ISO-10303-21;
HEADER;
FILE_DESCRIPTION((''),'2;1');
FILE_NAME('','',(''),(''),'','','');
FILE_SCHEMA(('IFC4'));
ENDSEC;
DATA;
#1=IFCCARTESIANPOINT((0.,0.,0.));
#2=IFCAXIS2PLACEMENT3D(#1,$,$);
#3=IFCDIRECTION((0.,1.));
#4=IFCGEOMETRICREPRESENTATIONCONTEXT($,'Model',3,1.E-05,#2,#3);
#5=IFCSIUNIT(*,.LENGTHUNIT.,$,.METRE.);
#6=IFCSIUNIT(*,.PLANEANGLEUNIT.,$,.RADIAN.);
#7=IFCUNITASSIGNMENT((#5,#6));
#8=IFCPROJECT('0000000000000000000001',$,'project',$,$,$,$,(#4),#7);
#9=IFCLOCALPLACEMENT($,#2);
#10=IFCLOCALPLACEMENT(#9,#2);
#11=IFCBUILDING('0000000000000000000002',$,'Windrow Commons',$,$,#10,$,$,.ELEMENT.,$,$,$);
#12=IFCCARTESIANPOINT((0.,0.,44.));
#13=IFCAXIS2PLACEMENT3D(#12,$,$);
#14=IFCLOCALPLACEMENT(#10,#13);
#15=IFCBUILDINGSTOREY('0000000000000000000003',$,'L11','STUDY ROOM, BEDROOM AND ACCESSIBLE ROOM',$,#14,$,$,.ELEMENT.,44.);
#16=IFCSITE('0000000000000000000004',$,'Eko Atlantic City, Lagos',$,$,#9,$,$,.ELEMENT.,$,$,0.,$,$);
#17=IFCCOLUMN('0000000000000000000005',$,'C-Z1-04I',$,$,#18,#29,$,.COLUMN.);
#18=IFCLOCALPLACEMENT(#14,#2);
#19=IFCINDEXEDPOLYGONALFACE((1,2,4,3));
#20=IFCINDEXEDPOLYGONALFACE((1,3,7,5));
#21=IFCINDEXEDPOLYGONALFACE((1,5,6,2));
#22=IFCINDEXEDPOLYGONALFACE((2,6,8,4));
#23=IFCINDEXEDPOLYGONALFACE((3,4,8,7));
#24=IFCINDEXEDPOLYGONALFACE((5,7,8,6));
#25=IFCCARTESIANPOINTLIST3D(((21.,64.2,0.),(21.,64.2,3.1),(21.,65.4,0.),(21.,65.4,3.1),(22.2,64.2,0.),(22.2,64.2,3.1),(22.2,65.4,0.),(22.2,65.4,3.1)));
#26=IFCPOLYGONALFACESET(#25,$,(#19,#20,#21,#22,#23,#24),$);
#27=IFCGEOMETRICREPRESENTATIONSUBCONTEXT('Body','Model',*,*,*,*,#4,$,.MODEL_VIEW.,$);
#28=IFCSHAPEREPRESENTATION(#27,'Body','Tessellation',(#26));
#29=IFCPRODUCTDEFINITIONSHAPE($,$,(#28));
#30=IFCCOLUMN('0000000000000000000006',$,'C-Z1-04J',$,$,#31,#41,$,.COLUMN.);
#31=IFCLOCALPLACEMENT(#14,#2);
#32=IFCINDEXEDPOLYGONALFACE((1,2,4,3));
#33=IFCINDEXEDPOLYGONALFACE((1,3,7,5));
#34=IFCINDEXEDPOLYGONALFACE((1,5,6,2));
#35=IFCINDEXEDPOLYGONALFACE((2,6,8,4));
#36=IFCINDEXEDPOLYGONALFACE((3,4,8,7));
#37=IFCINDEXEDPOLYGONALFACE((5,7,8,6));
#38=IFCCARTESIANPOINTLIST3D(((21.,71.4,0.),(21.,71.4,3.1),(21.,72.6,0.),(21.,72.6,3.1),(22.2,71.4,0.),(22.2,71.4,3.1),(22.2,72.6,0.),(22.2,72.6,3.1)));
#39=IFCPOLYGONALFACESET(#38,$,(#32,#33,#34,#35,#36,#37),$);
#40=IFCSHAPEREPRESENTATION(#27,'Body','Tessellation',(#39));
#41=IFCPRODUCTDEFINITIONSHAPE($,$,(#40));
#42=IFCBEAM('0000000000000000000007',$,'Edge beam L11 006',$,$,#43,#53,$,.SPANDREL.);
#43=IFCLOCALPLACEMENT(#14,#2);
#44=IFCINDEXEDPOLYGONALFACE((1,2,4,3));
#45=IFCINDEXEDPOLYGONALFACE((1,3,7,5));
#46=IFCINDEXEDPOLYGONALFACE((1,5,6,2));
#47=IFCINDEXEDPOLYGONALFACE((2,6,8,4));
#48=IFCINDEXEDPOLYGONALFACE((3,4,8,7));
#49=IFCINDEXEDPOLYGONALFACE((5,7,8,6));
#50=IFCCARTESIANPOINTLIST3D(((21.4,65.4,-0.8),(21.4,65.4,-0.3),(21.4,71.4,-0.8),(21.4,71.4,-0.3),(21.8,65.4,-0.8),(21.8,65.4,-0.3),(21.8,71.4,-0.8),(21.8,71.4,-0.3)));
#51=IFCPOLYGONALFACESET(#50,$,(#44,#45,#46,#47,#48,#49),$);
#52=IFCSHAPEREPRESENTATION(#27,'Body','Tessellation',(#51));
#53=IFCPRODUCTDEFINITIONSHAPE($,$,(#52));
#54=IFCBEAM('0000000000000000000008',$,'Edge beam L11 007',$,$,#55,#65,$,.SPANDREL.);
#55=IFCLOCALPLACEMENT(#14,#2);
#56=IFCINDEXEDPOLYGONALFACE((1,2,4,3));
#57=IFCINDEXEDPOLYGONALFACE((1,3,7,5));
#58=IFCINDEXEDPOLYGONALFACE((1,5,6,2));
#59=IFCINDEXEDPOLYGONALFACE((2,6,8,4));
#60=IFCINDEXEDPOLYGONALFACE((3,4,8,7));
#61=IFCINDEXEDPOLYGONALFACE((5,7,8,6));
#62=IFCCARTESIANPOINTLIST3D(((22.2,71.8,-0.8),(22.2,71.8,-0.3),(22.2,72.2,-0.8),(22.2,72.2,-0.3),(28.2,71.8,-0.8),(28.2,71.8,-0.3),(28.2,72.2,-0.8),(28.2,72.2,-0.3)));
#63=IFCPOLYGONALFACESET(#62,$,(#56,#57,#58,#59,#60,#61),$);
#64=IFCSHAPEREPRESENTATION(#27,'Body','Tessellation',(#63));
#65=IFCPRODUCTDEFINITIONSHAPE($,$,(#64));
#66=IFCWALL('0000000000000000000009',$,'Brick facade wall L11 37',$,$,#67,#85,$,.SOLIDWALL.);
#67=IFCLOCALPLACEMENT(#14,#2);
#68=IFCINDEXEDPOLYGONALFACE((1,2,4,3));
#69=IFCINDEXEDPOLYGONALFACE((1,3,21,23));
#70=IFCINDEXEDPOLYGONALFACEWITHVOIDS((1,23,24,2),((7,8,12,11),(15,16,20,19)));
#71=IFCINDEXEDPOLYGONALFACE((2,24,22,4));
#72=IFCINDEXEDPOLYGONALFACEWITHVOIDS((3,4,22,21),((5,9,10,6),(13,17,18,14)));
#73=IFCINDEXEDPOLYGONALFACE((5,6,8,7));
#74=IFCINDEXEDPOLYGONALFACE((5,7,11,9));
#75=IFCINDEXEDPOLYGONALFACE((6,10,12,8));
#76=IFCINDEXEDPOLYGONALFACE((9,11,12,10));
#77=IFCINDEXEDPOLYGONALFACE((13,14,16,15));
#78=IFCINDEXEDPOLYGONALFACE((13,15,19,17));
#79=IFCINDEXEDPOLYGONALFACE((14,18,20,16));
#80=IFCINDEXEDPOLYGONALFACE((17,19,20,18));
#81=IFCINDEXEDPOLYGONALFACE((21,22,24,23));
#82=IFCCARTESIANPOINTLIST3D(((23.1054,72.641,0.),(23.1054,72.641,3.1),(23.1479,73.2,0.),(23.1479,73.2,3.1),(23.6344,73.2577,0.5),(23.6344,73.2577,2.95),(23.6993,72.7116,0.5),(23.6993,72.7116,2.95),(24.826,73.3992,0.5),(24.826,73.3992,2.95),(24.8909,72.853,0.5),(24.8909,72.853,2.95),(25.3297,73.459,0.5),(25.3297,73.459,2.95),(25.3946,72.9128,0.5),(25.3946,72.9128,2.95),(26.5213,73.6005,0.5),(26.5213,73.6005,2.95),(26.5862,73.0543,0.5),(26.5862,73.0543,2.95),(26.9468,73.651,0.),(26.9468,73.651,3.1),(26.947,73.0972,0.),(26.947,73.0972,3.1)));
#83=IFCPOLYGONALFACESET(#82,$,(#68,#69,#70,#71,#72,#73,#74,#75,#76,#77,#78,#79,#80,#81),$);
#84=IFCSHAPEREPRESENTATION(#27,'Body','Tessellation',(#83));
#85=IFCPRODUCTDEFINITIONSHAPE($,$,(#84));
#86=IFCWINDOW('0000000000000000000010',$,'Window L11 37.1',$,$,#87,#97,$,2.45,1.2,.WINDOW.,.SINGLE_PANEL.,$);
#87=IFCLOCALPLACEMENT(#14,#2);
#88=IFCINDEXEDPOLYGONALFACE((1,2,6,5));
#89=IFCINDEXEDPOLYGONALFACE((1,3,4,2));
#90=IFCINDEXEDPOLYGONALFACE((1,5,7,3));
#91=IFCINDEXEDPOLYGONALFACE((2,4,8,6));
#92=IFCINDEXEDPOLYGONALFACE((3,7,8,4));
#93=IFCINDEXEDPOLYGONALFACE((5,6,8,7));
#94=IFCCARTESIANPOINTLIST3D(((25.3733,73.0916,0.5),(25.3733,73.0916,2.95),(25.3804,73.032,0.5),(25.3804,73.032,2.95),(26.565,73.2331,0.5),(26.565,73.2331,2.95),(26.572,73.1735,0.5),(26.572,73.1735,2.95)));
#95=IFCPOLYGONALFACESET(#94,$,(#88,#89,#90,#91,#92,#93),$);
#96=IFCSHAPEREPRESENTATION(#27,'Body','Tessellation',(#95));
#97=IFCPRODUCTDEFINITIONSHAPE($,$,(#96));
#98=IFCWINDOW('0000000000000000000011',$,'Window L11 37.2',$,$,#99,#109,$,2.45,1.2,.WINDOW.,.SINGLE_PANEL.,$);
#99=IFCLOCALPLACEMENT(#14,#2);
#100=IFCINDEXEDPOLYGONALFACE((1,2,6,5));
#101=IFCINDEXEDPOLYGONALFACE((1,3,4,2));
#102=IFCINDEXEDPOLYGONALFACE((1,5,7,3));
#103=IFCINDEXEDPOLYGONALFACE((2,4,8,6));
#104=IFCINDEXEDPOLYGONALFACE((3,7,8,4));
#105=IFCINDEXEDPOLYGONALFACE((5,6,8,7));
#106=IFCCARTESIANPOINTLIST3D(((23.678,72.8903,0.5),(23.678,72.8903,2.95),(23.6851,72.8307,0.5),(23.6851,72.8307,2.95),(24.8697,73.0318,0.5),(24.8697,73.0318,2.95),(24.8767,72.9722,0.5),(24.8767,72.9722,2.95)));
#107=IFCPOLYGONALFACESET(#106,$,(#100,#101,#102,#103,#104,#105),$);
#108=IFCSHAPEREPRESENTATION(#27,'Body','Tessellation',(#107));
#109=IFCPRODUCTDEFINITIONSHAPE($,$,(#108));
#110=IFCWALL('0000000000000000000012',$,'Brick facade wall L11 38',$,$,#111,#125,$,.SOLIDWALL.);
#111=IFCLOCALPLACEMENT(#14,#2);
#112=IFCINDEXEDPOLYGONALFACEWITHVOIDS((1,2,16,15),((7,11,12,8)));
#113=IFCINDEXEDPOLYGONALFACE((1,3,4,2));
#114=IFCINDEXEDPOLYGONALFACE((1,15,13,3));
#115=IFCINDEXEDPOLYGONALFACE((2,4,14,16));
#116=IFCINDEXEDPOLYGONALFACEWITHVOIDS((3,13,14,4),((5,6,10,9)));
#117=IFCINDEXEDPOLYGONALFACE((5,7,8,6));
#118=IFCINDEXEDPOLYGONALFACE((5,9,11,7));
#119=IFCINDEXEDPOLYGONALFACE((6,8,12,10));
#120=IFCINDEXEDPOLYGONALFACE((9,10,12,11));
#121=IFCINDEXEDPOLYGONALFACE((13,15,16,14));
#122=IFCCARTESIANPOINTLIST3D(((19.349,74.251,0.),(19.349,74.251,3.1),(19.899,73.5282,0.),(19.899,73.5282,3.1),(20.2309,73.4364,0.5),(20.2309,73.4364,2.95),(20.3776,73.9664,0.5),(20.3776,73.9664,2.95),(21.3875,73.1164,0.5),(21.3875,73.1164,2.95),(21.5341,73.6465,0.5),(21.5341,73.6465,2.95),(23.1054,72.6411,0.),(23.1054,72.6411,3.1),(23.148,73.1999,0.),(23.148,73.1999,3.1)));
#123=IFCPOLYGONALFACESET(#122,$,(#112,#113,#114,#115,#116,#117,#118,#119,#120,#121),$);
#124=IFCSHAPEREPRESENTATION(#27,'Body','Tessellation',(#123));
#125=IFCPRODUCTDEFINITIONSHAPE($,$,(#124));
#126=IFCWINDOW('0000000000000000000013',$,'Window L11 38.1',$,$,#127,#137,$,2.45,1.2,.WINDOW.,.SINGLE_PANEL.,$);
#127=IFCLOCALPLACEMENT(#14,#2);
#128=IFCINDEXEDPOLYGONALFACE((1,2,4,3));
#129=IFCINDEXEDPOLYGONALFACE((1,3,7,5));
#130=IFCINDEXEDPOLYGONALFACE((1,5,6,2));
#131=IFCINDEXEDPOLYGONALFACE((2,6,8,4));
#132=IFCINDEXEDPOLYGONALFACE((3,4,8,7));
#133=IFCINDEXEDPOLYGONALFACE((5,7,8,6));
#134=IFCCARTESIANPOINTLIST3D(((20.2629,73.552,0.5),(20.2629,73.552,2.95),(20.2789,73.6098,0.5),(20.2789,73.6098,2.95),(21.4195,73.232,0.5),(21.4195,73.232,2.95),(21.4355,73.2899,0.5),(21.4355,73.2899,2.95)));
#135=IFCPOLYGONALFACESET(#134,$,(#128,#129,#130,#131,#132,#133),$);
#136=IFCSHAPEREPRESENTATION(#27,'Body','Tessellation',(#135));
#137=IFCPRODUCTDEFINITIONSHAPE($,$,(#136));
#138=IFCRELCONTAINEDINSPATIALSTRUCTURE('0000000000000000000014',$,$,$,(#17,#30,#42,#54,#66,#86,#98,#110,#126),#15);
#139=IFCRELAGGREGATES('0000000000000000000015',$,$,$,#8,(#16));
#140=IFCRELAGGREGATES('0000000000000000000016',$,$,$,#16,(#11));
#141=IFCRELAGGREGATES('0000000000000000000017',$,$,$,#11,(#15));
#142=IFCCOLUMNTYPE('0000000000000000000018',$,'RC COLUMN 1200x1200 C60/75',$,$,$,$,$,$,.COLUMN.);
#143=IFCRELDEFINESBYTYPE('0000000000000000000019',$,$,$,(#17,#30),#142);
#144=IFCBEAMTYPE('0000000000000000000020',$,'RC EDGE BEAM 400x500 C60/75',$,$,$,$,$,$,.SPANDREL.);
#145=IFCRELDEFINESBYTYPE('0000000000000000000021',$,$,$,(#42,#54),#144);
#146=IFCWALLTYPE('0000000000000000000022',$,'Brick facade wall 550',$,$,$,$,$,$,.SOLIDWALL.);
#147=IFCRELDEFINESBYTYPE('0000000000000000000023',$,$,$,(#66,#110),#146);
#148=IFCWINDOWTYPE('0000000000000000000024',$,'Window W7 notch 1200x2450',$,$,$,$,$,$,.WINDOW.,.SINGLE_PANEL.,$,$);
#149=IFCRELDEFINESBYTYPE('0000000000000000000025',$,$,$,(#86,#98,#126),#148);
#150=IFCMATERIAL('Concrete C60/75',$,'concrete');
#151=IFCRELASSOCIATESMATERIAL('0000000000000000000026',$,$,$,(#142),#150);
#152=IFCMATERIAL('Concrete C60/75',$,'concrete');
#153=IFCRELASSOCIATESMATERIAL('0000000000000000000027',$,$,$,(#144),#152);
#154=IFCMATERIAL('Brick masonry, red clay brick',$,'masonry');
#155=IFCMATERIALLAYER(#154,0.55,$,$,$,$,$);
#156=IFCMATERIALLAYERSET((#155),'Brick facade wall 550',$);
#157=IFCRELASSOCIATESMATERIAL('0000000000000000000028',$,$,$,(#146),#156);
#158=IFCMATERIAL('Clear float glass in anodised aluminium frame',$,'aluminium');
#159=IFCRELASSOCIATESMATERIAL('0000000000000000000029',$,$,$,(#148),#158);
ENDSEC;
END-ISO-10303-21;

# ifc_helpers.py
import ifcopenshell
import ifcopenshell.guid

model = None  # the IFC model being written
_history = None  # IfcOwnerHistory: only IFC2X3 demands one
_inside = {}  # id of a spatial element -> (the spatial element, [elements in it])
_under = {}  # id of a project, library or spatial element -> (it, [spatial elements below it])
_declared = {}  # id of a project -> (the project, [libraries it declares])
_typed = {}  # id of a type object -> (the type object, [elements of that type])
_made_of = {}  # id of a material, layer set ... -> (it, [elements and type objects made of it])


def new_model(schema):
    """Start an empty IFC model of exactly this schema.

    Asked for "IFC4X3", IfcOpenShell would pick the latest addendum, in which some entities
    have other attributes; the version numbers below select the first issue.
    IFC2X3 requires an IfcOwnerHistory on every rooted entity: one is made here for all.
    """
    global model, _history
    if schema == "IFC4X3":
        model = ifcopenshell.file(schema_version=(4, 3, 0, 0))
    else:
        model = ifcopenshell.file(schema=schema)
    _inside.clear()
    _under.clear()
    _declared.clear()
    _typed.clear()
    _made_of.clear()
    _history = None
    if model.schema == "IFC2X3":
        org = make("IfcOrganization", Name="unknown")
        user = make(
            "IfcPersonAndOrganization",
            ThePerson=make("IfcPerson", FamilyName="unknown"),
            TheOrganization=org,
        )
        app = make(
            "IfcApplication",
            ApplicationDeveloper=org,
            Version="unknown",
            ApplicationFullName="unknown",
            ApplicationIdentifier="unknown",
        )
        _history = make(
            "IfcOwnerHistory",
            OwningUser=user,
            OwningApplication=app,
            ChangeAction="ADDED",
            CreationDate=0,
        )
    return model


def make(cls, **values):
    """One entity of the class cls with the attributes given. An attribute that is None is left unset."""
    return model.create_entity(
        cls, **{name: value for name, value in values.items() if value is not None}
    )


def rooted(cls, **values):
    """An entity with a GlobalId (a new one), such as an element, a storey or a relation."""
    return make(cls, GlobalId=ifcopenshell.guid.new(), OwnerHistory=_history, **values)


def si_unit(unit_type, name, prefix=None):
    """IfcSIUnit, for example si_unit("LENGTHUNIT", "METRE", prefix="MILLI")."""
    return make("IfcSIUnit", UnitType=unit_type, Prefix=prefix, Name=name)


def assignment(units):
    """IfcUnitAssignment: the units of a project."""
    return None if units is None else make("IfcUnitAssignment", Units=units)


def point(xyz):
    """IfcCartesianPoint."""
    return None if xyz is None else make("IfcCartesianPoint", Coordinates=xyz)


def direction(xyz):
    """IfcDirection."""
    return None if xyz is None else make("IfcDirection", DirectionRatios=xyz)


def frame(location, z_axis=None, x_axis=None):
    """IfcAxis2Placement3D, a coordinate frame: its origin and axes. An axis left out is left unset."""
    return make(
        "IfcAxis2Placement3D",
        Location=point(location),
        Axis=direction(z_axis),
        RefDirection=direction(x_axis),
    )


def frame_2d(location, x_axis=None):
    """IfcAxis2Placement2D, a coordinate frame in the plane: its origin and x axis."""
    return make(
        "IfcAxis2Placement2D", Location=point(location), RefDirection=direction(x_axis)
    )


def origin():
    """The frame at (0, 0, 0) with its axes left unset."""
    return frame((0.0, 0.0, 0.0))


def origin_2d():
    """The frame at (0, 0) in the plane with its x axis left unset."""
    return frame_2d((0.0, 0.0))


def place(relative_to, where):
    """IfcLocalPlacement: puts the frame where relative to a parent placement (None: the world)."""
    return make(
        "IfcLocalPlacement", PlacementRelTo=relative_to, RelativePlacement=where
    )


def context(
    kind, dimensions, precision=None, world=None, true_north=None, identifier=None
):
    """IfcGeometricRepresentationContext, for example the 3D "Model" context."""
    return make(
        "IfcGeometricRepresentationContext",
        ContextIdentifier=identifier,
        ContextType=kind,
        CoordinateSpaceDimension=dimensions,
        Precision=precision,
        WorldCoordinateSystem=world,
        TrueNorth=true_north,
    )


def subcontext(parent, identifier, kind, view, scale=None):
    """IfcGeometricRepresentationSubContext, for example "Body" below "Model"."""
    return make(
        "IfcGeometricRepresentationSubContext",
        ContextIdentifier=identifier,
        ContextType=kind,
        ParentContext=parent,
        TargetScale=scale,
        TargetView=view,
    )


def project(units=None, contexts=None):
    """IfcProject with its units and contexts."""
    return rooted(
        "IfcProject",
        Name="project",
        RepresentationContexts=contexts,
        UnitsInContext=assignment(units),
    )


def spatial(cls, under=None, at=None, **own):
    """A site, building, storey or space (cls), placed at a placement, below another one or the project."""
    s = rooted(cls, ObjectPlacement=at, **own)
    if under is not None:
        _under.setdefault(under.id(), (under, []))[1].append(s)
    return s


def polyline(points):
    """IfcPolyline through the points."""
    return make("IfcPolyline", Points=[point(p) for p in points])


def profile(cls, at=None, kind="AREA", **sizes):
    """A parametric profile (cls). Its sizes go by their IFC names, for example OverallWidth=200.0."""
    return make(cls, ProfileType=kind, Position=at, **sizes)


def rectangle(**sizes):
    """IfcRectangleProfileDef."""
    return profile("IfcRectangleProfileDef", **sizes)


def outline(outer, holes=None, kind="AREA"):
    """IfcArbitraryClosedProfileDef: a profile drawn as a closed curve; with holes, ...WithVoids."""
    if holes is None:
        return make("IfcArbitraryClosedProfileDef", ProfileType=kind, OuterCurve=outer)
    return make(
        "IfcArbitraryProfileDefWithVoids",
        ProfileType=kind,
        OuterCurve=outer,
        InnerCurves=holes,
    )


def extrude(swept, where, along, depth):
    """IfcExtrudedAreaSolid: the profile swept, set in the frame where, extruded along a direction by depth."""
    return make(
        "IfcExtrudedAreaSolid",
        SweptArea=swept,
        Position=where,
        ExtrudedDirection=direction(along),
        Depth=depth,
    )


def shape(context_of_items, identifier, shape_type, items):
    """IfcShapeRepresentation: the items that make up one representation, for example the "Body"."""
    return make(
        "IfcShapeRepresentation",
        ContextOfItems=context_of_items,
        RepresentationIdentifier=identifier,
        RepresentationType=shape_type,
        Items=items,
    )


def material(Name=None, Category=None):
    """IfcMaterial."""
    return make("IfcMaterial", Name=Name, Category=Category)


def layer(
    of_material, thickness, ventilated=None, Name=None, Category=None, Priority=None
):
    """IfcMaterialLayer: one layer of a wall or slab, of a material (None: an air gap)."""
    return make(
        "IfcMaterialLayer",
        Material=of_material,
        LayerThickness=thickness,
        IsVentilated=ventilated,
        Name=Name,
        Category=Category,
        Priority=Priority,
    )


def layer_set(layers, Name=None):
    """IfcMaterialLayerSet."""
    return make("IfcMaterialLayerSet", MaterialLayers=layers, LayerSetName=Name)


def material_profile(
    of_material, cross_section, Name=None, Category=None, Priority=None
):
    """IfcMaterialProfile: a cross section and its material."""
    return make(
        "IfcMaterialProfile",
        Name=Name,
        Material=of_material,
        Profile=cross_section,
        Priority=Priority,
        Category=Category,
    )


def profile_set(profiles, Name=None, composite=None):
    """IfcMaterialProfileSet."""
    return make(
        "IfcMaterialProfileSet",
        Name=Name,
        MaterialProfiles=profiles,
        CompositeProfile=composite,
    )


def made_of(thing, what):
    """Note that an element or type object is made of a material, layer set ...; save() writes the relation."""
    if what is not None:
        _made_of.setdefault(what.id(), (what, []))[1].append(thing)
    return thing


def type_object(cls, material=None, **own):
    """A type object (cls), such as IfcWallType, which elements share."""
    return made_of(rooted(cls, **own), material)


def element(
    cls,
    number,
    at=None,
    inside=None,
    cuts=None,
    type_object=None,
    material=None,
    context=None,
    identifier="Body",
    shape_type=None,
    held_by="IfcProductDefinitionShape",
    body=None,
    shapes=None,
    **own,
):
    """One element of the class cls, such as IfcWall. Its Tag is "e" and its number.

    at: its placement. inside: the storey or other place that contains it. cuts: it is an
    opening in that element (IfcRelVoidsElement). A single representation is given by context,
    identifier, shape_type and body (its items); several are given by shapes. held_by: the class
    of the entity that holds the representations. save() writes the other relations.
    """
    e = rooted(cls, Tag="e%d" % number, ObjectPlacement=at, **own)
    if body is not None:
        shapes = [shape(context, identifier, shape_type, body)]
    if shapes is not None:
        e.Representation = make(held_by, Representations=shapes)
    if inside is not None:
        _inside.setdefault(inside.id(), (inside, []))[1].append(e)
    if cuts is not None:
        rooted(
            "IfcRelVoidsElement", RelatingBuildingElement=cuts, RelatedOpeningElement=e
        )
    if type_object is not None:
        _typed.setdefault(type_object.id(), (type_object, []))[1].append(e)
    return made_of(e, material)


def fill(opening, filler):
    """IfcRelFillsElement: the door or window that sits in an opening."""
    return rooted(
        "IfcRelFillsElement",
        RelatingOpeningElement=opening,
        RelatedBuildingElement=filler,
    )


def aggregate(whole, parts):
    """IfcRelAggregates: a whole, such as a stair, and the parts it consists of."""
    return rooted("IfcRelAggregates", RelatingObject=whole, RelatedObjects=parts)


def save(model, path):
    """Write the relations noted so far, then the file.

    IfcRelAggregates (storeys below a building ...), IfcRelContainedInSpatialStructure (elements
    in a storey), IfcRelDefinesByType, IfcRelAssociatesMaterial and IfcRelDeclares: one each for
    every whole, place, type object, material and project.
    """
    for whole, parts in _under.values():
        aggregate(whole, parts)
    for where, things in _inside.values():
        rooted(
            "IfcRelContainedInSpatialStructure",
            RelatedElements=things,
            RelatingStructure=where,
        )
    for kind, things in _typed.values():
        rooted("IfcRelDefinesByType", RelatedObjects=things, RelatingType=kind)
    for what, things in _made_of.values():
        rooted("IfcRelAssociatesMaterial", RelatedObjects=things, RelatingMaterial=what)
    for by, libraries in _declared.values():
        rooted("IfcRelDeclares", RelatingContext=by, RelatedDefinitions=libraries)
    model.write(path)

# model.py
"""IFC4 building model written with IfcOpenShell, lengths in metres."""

from ifc_helpers import new_model, si_unit, direction, frame, frame_2d, origin, origin_2d, place, context, subcontext, project, spatial, polyline, rectangle, outline, extrude, material, layer, layer_set, material_profile, profile_set, type_object, element, fill, save


model = new_model("IFC4")

# Units and contexts
model_context = context("Model", 3, precision=1e-05, world=origin(), true_north=direction((0.0, 1.0)))
body_context = subcontext(model_context, "Body", "Model", "MODEL_VIEW")
ifc_project = project(units=[si_unit("LENGTHUNIT", "METRE"), si_unit("PLANEANGLEUNIT", "RADIAN")], contexts=[model_context])

# Site, building, storey
site_placement = place(None, origin())
site = spatial("IfcSite", under=ifc_project, at=site_placement, Name="Eko Atlantic City, Lagos", CompositionType="ELEMENT", RefElevation=0.0)
building_placement = place(site_placement, origin())
building = spatial("IfcBuilding", under=site, at=building_placement, Name="Windrow Commons", CompositionType="ELEMENT")
storey_placement = place(building_placement, frame((0.0, 0.0, 44.0)))
storey = spatial("IfcBuildingStorey", under=building, at=storey_placement, Name="L11", Description="STUDY ROOM, BEDROOM AND ACCESSIBLE ROOM", CompositionType="ELEMENT", Elevation=44.0)

# Columns
ifc_material_1 = material(Name="Concrete C60/75", Category="concrete")
ifc_material_profile_1 = material_profile(ifc_material_1, rectangle(XDim=1.2, YDim=1.2, at=origin_2d()))
ifc_profile_set_1 = profile_set([ifc_material_profile_1], Name="Concrete C60/75")
column_type = type_object("IfcColumnType", Name="RC COLUMN 1200x1200 C60/75", PredefinedType="COLUMN", material=ifc_profile_set_1)
for number, where, z_axis, x_axis, name in (
    (1, (21.6, 64.8, 0.0), (0.0, 0.0, 1.0), (1.0, 0.0, 0.0), "C-Z1-04I"),
    (2, (21.6, 72.0, 0.0), (0.0, 0.0, 1.0), (1.0, 0.0, 0.0), "C-Z1-04J"),
):
    element("IfcColumn", number, at=place(storey_placement, frame(where, z_axis=z_axis, x_axis=x_axis)), inside=storey, type_object=column_type, Name=name, PredefinedType="COLUMN", context=body_context, shape_type="SweptSolid", body=[
        extrude(rectangle(XDim=1.2, YDim=1.2, at=origin_2d()), origin(), (0.0, 0.0, 1.0), 3.1),
    ])

# Beams
ifc_material_2 = material(Name="Concrete C60/75", Category="concrete")
ifc_material_profile_2 = material_profile(ifc_material_2, rectangle(XDim=0.4, YDim=0.5, at=origin_2d()))
ifc_profile_set_2 = profile_set([ifc_material_profile_2], Name="Concrete C60/75")
beam_type = type_object("IfcBeamType", Name="RC EDGE BEAM 400x500 C60/75", PredefinedType="SPANDREL", material=ifc_profile_set_2)
for number, where, z_axis, x_axis, name in (
    (3, (21.6, 65.4, -0.55), (0.0, 1.0, 0.0), (-1.0, 0.0, 0.0), "Edge beam L11 006"),
    (4, (22.2, 72.0, -0.55), (1.0, 0.0, 0.0), (0.0, 1.0, 0.0), "Edge beam L11 007"),
):
    element("IfcBeam", number, at=place(storey_placement, frame(where, z_axis=z_axis, x_axis=x_axis)), inside=storey, type_object=beam_type, Name=name, PredefinedType="SPANDREL", context=body_context, shape_type="SweptSolid", body=[
        extrude(rectangle(XDim=0.4, YDim=0.5, at=origin_2d()), origin(), (0.0, 0.0, 1.0), 6.0),
    ])

# Wall, openings, windows
ifc_material_3 = material(Name="Brick masonry, red clay brick", Category="masonry")
ifc_layer_1 = layer(ifc_material_3, 0.55)
ifc_layer_set_1 = layer_set([ifc_layer_1], Name="Brick facade wall 550")
wall_type_1 = type_object("IfcWallType", Name="Brick facade wall 550", PredefinedType="SOLIDWALL", material=ifc_layer_set_1)
wall_1_placement = place(storey_placement, frame((26.9469, 73.3741, 0.0), z_axis=(0.0, 0.0, 1.0), x_axis=(-0.993024, -0.117909, 0.0)))
wall_1 = element("IfcWall", 5, at=wall_1_placement, inside=storey, type_object=wall_type_1, Name="Brick facade wall L11 37", PredefinedType="SOLIDWALL", context=body_context, shape_type="SweptSolid", body=[
    extrude(outline(polyline([(-0.0326, -0.275), (3.793, -0.275), (3.9011, 0.275), (0.0326, 0.275), (-0.0326, -0.275)])), origin(), (0.0, 0.0, 1.0), 3.1),
])
opening_1_placement = place(wall_1_placement, frame((0.3959, 0.0, 0.5)))
opening_1 = element("IfcOpeningElement", 6, at=opening_1_placement, cuts=wall_1, PredefinedType="OPENING", context=body_context, shape_type="SweptSolid", body=[
    extrude(rectangle(XDim=1.2, YDim=2.45, at=frame_2d((0.6, 1.225))), frame((0.0, 0.285, 0.0), z_axis=(0.0, -1.0, 0.0), x_axis=(1.0, 0.0, 0.0)), (0.0, 0.0, 1.0), 0.57),
])
opening_2_placement = place(wall_1_placement, frame((2.1031, 0.0, 0.5)))
opening_2 = element("IfcOpeningElement", 7, at=opening_2_placement, cuts=wall_1, PredefinedType="OPENING", context=body_context, shape_type="SweptSolid", body=[
    extrude(rectangle(XDim=1.2, YDim=2.45, at=frame_2d((0.6, 1.225))), frame((0.0, 0.285, 0.0), z_axis=(0.0, -1.0, 0.0), x_axis=(1.0, 0.0, 0.0)), (0.0, 0.0, 1.0), 0.57),
])
ifc_material_4 = material(Name="Clear float glass in anodised aluminium frame", Category="aluminium")
window_type_1 = type_object("IfcWindowType", Name="Window W7 notch 1200x2450", PartitioningType="SINGLE_PANEL", PredefinedType="WINDOW", material=ifc_material_4)
window_1_placement = place(opening_1_placement, origin())
window_1 = element("IfcWindow", 8, at=window_1_placement, inside=storey, type_object=window_type_1, Name="Window L11 37.1", OverallHeight=2.45, OverallWidth=1.2, PartitioningType="SINGLE_PANEL", PredefinedType="WINDOW", context=body_context, shape_type="SweptSolid", body=[
    extrude(rectangle(XDim=1.2, YDim=2.45, at=frame_2d((0.6, 1.225))), frame((0.0, 0.155, 0.0), z_axis=(0.0, -1.0, 0.0), x_axis=(1.0, 0.0, 0.0)), (0.0, 0.0, 1.0), 0.06),
])
fill(opening_1, window_1)
window_2_placement = place(opening_2_placement, origin())
window_2 = element("IfcWindow", 9, at=window_2_placement, inside=storey, type_object=window_type_1, Name="Window L11 37.2", OverallHeight=2.45, OverallWidth=1.2, PartitioningType="SINGLE_PANEL", PredefinedType="WINDOW", context=body_context, shape_type="SweptSolid", body=[
    extrude(rectangle(XDim=1.2, YDim=2.45, at=frame_2d((0.6, 1.225))), frame((0.0, 0.155, 0.0), z_axis=(0.0, -1.0, 0.0), x_axis=(1.0, 0.0, 0.0)), (0.0, 0.0, 1.0), 0.06),
])
fill(opening_2, window_2)

# Wall, opening, window
wall_2_placement = place(storey_placement, frame((23.1267, 72.9205, 0.0), z_axis=(0.0, 0.0, 1.0), x_axis=(-0.963792, 0.266655, 0.0)))
wall_2 = element("IfcWall", 10, at=wall_2_placement, inside=storey, type_object=wall_type_1, Name="Brick facade wall L11 38", PredefinedType="SOLIDWALL", context=body_context, shape_type="SweptSolid", body=[
    extrude(outline(polyline([(0.054, -0.275), (3.9957, -0.275), (3.2729, 0.275), (-0.054, 0.275), (0.054, -0.275)])), origin(), (0.0, 0.0, 1.0), 3.1),
])
opening_3_placement = place(wall_2_placement, frame((1.7285, 0.0, 0.5)))
opening_3 = element("IfcOpeningElement", 11, at=opening_3_placement, cuts=wall_2, PredefinedType="OPENING", context=body_context, shape_type="SweptSolid", body=[
    extrude(rectangle(XDim=1.2, YDim=2.45, at=frame_2d((0.6, 1.225))), frame((0.0, 0.285, 0.0), z_axis=(0.0, -1.0, 0.0), x_axis=(1.0, 0.0, 0.0)), (0.0, 0.0, 1.0), 0.57),
])
window_3_placement = place(opening_3_placement, origin())
window_3 = element("IfcWindow", 12, at=window_3_placement, inside=storey, type_object=window_type_1, Name="Window L11 38.1", OverallHeight=2.45, OverallWidth=1.2, PartitioningType="SINGLE_PANEL", PredefinedType="WINDOW", context=body_context, shape_type="SweptSolid", body=[
    extrude(rectangle(XDim=1.2, YDim=2.45, at=frame_2d((0.6, 1.225))), frame((0.0, 0.155, 0.0), z_axis=(0.0, -1.0, 0.0), x_axis=(1.0, 0.0, 0.0)), (0.0, 0.0, 1.0), 0.06),
])
fill(opening_3, window_3)

save(model, "model.ifc")
